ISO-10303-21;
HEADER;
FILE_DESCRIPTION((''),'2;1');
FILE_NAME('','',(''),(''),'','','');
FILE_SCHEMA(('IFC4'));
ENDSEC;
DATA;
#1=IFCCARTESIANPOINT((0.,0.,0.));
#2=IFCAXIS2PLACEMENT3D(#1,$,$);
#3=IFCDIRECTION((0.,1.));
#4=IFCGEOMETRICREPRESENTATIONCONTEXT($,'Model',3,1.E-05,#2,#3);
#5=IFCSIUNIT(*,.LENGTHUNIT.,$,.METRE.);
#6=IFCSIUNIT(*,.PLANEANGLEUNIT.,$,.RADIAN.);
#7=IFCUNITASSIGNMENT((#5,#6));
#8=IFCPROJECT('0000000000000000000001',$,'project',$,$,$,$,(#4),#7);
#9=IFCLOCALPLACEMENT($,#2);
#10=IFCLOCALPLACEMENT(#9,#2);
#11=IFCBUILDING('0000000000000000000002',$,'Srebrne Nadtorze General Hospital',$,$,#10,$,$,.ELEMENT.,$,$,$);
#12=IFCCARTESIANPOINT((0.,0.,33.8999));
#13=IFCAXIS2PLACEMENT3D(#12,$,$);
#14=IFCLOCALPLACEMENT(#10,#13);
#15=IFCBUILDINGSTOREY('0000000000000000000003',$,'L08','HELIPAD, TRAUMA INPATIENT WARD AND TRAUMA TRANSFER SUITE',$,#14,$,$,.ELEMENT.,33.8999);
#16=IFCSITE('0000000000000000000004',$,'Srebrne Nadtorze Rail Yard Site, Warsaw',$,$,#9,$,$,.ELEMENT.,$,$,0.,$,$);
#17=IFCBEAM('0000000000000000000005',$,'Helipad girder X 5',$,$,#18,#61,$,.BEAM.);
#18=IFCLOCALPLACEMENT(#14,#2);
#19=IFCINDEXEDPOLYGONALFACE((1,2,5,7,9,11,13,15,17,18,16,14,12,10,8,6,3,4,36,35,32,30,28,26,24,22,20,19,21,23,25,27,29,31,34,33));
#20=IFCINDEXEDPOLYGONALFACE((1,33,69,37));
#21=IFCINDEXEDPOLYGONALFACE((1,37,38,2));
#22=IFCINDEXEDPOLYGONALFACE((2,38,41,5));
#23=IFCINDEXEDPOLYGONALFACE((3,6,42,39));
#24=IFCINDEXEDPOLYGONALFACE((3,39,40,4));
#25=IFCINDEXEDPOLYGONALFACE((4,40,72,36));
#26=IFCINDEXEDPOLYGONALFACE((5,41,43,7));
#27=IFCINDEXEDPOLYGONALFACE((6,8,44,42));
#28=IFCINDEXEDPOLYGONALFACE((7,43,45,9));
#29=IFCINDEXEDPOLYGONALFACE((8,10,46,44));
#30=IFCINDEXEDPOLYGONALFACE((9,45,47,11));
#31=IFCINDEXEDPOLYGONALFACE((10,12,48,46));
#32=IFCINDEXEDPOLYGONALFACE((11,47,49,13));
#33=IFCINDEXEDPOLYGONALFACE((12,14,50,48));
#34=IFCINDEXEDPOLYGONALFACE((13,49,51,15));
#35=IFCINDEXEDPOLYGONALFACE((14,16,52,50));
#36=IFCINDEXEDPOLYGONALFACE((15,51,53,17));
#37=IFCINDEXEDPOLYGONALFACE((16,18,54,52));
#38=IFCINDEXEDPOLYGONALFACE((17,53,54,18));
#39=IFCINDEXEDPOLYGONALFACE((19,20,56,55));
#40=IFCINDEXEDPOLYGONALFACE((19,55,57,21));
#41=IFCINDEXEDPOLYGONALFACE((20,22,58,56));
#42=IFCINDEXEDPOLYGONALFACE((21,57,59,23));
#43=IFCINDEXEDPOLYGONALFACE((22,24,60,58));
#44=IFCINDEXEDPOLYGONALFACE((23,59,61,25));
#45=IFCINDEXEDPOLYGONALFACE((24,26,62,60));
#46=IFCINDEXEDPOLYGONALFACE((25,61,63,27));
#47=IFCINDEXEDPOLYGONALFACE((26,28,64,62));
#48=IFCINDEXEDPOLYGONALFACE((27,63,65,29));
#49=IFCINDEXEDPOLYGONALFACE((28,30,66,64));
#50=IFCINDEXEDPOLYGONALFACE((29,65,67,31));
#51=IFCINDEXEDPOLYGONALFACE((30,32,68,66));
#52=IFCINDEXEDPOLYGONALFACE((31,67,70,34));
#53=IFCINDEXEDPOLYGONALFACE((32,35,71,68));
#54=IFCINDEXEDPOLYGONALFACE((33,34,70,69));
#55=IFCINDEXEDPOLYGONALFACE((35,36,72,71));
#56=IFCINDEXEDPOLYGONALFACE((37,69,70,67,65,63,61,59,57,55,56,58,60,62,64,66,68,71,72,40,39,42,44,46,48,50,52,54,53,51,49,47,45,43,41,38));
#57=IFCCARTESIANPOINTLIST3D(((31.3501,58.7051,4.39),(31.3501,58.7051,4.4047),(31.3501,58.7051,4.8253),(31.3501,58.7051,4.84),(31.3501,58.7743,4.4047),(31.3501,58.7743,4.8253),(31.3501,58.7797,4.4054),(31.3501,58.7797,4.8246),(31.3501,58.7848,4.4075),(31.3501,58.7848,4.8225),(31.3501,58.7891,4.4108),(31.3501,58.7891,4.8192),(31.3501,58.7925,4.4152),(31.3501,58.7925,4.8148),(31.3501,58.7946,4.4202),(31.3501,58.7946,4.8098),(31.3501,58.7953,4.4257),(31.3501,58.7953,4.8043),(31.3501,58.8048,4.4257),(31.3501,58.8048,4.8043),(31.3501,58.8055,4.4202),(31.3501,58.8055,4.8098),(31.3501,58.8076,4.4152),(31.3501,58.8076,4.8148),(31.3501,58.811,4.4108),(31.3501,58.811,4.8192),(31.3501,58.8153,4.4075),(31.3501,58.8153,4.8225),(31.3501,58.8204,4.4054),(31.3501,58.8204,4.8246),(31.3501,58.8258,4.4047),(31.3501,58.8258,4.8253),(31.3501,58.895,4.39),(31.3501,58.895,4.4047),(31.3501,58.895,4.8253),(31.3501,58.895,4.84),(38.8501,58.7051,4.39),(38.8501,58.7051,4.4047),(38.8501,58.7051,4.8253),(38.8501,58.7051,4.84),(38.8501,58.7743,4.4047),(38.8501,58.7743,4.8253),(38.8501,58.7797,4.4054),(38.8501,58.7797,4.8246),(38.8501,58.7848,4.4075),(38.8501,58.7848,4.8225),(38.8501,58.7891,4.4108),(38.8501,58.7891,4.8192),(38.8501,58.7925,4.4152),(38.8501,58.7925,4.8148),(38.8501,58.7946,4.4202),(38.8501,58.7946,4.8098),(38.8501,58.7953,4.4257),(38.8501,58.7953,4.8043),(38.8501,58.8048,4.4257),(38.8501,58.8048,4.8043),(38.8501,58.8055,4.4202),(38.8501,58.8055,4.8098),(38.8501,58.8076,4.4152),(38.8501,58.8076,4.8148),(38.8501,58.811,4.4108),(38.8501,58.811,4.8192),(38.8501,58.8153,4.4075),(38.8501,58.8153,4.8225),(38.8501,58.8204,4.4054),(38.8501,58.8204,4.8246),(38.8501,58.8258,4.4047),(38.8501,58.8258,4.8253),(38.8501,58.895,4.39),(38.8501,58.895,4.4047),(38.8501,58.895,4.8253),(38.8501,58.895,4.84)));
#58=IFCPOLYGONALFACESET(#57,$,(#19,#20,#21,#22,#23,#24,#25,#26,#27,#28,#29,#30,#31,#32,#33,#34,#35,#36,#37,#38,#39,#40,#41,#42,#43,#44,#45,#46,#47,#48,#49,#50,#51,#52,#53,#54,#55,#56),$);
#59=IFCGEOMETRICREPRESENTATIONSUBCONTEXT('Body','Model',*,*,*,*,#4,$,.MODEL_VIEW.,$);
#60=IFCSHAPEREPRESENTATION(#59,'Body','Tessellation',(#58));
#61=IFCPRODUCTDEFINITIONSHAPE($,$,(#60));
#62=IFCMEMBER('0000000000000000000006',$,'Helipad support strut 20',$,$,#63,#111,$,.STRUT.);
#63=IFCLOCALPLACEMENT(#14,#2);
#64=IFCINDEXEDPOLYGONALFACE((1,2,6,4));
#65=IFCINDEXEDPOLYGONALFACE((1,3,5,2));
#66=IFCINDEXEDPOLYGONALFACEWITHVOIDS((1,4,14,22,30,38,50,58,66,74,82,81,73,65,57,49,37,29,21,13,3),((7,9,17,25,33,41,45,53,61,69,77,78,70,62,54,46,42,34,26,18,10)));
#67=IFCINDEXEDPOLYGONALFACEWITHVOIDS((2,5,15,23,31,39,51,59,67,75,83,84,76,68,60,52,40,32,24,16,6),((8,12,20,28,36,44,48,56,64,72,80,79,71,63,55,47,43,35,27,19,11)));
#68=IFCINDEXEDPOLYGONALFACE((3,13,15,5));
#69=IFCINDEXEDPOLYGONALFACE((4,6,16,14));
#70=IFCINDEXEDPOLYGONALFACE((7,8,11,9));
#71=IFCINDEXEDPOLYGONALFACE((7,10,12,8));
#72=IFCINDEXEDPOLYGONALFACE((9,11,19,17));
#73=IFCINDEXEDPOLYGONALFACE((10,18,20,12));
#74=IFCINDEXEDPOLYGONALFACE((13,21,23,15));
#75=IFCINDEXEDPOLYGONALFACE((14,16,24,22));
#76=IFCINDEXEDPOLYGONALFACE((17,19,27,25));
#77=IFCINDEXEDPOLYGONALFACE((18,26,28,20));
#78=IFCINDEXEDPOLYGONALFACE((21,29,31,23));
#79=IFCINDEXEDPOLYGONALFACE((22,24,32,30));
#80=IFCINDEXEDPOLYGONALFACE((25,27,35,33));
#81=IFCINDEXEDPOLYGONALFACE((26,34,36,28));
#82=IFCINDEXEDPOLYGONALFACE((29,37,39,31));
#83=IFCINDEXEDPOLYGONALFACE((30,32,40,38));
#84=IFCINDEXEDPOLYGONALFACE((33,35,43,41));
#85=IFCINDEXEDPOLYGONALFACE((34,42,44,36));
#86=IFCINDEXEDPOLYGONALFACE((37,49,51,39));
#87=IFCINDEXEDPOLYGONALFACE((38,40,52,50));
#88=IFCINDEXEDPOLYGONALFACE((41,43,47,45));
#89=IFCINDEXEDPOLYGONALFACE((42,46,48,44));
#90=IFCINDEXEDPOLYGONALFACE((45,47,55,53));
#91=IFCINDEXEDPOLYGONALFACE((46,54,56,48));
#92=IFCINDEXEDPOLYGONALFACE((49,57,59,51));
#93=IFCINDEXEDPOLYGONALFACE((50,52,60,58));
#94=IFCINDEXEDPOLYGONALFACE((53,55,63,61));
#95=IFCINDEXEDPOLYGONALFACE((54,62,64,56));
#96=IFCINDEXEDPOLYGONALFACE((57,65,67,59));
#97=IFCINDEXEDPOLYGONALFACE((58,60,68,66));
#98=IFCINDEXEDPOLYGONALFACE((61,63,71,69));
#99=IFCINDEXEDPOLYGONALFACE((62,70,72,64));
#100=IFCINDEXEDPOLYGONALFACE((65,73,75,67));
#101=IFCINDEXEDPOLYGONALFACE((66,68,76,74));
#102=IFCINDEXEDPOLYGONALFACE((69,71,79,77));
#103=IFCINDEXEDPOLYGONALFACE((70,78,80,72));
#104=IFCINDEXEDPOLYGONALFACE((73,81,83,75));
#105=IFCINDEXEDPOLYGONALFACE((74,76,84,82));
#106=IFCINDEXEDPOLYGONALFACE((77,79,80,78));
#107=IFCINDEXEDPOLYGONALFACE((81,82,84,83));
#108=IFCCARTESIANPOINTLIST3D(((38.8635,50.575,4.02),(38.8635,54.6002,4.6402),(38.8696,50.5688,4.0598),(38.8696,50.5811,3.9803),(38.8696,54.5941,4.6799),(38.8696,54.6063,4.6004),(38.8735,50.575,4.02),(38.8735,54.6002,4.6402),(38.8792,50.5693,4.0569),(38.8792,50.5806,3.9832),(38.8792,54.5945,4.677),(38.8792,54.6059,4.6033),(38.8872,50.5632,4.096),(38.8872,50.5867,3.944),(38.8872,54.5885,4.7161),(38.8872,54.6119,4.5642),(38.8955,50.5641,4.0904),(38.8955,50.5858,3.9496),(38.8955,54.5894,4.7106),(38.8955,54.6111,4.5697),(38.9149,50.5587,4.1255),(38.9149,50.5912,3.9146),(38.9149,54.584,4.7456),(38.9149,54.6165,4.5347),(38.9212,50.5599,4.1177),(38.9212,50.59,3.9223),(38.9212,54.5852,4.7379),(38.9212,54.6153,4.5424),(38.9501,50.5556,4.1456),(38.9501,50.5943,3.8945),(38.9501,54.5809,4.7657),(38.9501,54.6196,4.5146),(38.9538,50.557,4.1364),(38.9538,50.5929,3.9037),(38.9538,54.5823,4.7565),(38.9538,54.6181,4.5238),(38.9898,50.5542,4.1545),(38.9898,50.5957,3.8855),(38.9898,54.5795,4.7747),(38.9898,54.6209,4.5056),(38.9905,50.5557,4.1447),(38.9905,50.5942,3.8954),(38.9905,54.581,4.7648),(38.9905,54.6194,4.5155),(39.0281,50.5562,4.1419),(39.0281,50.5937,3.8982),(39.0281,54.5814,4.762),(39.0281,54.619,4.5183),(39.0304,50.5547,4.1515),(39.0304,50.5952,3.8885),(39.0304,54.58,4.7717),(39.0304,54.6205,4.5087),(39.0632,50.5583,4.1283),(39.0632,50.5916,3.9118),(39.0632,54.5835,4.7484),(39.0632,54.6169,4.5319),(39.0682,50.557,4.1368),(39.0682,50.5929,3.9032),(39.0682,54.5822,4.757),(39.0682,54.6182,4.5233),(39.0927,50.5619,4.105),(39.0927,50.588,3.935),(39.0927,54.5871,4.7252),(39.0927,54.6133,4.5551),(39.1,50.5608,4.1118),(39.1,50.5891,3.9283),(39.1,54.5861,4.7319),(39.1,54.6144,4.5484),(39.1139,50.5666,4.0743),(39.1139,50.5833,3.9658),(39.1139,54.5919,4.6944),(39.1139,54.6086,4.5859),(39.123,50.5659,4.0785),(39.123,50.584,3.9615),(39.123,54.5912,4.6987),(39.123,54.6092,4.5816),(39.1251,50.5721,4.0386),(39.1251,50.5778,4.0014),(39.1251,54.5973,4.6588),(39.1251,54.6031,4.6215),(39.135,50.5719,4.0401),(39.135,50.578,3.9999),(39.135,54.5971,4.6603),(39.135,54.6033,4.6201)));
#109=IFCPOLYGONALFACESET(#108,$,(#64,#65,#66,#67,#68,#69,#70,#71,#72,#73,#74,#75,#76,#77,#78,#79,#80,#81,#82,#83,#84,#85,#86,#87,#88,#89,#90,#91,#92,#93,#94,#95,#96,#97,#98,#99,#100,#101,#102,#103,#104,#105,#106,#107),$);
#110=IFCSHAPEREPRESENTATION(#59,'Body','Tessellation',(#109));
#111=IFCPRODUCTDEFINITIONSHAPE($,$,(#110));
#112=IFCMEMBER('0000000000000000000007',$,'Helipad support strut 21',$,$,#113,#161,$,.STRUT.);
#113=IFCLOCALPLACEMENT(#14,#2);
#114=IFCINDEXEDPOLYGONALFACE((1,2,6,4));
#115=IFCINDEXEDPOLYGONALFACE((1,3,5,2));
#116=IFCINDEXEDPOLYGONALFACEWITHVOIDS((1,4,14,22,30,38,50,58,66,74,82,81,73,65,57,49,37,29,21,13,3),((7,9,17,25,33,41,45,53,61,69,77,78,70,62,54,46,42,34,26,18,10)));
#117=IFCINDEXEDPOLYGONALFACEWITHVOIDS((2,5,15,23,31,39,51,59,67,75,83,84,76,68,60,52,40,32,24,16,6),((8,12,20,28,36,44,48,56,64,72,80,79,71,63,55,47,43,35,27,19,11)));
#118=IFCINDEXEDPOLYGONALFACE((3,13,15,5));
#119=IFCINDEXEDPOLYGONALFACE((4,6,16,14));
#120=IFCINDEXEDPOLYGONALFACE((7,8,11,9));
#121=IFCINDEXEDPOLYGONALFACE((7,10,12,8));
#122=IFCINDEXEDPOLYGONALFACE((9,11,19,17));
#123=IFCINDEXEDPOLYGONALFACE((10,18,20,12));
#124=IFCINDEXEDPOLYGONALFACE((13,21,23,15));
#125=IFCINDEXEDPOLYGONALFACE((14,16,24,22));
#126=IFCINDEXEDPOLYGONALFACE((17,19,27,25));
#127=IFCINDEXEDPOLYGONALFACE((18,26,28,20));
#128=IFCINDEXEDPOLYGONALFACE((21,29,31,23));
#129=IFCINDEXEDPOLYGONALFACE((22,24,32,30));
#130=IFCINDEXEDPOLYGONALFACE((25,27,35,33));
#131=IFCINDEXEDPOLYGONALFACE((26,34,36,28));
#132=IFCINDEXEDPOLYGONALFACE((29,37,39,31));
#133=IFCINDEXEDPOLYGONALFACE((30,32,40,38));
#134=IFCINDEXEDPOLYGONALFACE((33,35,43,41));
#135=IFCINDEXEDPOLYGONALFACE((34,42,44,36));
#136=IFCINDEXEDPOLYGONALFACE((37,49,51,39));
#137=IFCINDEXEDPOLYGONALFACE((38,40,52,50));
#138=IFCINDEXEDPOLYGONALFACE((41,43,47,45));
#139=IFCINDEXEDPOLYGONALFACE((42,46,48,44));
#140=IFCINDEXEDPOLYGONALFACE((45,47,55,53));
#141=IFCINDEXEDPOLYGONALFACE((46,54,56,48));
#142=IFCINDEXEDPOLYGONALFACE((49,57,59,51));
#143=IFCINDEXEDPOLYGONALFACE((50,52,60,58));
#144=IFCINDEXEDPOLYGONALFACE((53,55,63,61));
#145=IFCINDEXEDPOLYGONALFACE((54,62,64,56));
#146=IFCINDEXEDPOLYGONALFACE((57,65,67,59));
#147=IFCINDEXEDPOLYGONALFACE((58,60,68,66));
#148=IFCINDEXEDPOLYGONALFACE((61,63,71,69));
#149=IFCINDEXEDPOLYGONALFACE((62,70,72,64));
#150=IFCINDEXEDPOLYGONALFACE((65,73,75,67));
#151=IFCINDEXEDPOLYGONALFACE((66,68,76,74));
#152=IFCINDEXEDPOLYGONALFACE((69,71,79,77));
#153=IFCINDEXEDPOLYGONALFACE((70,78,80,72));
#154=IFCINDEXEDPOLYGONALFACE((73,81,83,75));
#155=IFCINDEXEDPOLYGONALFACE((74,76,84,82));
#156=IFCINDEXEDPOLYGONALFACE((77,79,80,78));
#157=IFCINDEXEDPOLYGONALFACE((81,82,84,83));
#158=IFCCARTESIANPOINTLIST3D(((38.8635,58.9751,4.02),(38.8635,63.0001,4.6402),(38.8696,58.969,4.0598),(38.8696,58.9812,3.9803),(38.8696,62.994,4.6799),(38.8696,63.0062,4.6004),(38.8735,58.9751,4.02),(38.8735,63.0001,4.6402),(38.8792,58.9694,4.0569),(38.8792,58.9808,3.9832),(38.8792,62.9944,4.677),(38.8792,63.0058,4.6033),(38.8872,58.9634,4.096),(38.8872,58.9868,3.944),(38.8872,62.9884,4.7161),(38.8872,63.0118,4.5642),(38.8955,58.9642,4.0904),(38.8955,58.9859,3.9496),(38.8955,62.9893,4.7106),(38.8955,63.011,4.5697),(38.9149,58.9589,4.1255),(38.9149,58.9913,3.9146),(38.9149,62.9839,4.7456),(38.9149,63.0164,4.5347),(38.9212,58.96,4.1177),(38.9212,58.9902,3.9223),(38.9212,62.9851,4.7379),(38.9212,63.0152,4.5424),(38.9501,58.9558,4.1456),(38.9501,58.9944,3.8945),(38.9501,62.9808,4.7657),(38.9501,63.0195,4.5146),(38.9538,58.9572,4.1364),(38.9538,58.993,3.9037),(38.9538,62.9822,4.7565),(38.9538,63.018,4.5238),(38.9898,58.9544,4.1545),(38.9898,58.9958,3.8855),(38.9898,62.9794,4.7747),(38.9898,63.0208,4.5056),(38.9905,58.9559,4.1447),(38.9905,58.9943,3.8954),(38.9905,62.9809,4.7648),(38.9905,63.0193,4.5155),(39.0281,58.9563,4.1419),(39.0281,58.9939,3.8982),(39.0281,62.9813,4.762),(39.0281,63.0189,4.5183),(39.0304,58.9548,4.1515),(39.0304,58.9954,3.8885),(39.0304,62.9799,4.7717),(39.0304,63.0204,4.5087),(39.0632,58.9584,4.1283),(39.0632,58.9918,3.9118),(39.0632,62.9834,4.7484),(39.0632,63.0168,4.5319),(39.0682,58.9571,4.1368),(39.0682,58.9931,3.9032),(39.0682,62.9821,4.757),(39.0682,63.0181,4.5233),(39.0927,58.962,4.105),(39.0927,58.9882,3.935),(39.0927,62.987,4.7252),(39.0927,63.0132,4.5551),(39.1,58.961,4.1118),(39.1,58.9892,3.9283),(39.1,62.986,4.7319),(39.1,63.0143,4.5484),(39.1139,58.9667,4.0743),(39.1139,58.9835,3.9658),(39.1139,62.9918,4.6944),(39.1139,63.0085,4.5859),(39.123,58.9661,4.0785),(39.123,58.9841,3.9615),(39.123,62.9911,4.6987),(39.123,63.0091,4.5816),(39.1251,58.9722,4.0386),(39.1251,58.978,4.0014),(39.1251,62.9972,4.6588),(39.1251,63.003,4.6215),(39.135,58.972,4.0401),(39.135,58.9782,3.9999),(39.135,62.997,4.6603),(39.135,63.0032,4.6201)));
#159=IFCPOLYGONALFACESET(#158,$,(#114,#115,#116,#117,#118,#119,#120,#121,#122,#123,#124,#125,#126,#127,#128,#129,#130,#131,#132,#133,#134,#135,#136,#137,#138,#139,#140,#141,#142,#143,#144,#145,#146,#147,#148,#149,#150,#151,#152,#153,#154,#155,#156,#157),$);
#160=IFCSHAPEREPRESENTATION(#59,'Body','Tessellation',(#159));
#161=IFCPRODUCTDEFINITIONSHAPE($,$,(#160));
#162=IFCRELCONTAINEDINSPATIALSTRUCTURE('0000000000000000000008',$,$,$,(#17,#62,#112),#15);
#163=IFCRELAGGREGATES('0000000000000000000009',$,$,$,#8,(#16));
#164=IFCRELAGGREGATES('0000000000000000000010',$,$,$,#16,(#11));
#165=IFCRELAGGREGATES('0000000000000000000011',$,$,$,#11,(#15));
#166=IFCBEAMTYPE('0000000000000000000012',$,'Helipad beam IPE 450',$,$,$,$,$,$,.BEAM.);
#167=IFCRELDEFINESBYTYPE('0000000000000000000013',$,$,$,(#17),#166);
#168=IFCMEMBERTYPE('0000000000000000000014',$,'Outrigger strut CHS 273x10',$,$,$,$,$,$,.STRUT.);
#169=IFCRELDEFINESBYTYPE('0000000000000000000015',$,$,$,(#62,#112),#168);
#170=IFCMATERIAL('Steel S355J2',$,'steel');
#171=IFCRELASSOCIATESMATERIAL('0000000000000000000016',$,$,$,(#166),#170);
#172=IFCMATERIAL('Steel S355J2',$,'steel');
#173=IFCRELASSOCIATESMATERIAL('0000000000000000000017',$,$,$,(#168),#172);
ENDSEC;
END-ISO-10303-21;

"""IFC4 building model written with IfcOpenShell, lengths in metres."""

from ifc_helpers import new_model, si_unit, direction, frame, origin, origin_2d, place, context, subcontext, project, spatial, hollow_circle, i_section, extrude, material, material_profile, profile_set, type_object, element, save


model = new_model("IFC4")

# Units and contexts
model_context = context("Model", 3, precision=1e-05, world=origin(), true_north=direction((0.0, 1.0)))
body_context = subcontext(model_context, "Body", "Model", "MODEL_VIEW")
ifc_project = project(units=[si_unit("LENGTHUNIT", "METRE"), si_unit("PLANEANGLEUNIT", "RADIAN")], contexts=[model_context])

# Site, building, storey
site_placement = place(None, origin())
site = spatial("IfcSite", under=ifc_project, at=site_placement, Name="Srebrne Nadtorze Rail Yard Site, Warsaw", CompositionType="ELEMENT", RefElevation=0.0)
building_placement = place(site_placement, origin())
building = spatial("IfcBuilding", under=site, at=building_placement, Name="Srebrne Nadtorze General Hospital", CompositionType="ELEMENT")
storey_placement = place(building_placement, frame((0.0, 0.0, 33.8999)))
storey = spatial("IfcBuildingStorey", under=building, at=storey_placement, Name="L08", Description="HELIPAD, TRAUMA INPATIENT WARD AND TRAUMA TRANSFER SUITE", CompositionType="ELEMENT", Elevation=33.8999)

# Beam
ifc_material_1 = material(Name="Steel S355J2", Category="steel")
ifc_material_profile_1 = material_profile(ifc_material_1, i_section(OverallWidth=0.1899, OverallDepth=0.45, WebThickness=0.0095, FlangeThickness=0.0146, FilletRadius=0.021, at=origin_2d()), Name="IPE-450")
ifc_profile_set_1 = profile_set([ifc_material_profile_1], Name="Steel S355J2")
beam_type_1 = type_object("IfcBeamType", Name="Helipad beam IPE 450", PredefinedType="BEAM", material=ifc_profile_set_1)
beam_1_placement = place(storey_placement, frame((31.3501, 58.8, 4.615), z_axis=(1.0, 0.0, 0.0), x_axis=(0.0, 1.0, 0.0)))
element("IfcBeam", 1, at=beam_1_placement, inside=storey, type_object=beam_type_1, Name="Helipad girder X 5", PredefinedType="BEAM", context=body_context, shape_type="SweptSolid", body=[
    extrude(i_section(OverallWidth=0.1899, OverallDepth=0.45, WebThickness=0.0095, FlangeThickness=0.0146, FilletRadius=0.021, at=origin_2d()), origin(), (0.0, 0.0, 1.0), 7.5),
])

# Members
ifc_material_2 = material(Name="Steel S355J2", Category="steel")
ifc_material_profile_2 = material_profile(ifc_material_2, hollow_circle(Radius=0.1365, WallThickness=0.01, at=origin_2d()), Name="CHS-273x10")
ifc_profile_set_2 = profile_set([ifc_material_profile_2], Name="Steel S355J2")
member_type_1 = type_object("IfcMemberType", Name="Outrigger strut CHS 273x10", PredefinedType="STRUT", material=ifc_profile_set_2)
member_1_placement = place(storey_placement, frame((39.0, 50.575, 4.02), z_axis=(0.0, 0.98834, 0.152264), x_axis=(-1.0, 0.0, 0.0)))
element("IfcMember", 2, at=member_1_placement, inside=storey, type_object=member_type_1, Name="Helipad support strut 20", PredefinedType="STRUT", context=body_context, shape_type="SweptSolid", body=[
    extrude(hollow_circle(Radius=0.1365, WallThickness=0.01, at=origin_2d()), origin(), (0.0, 0.0, 1.0), 4.0728),
])
member_2_placement = place(storey_placement, frame((39.0, 58.9751, 4.02), z_axis=(0.0, 0.988338, 0.152273), x_axis=(-1.0, 0.0, 0.0)))
element("IfcMember", 3, at=member_2_placement, inside=storey, type_object=member_type_1, Name="Helipad support strut 21", PredefinedType="STRUT", context=body_context, shape_type="SweptSolid", body=[
    extrude(hollow_circle(Radius=0.1365, WallThickness=0.01, at=origin_2d()), origin(), (0.0, 0.0, 1.0), 4.0725),
])

save(model, "model.ifc")
